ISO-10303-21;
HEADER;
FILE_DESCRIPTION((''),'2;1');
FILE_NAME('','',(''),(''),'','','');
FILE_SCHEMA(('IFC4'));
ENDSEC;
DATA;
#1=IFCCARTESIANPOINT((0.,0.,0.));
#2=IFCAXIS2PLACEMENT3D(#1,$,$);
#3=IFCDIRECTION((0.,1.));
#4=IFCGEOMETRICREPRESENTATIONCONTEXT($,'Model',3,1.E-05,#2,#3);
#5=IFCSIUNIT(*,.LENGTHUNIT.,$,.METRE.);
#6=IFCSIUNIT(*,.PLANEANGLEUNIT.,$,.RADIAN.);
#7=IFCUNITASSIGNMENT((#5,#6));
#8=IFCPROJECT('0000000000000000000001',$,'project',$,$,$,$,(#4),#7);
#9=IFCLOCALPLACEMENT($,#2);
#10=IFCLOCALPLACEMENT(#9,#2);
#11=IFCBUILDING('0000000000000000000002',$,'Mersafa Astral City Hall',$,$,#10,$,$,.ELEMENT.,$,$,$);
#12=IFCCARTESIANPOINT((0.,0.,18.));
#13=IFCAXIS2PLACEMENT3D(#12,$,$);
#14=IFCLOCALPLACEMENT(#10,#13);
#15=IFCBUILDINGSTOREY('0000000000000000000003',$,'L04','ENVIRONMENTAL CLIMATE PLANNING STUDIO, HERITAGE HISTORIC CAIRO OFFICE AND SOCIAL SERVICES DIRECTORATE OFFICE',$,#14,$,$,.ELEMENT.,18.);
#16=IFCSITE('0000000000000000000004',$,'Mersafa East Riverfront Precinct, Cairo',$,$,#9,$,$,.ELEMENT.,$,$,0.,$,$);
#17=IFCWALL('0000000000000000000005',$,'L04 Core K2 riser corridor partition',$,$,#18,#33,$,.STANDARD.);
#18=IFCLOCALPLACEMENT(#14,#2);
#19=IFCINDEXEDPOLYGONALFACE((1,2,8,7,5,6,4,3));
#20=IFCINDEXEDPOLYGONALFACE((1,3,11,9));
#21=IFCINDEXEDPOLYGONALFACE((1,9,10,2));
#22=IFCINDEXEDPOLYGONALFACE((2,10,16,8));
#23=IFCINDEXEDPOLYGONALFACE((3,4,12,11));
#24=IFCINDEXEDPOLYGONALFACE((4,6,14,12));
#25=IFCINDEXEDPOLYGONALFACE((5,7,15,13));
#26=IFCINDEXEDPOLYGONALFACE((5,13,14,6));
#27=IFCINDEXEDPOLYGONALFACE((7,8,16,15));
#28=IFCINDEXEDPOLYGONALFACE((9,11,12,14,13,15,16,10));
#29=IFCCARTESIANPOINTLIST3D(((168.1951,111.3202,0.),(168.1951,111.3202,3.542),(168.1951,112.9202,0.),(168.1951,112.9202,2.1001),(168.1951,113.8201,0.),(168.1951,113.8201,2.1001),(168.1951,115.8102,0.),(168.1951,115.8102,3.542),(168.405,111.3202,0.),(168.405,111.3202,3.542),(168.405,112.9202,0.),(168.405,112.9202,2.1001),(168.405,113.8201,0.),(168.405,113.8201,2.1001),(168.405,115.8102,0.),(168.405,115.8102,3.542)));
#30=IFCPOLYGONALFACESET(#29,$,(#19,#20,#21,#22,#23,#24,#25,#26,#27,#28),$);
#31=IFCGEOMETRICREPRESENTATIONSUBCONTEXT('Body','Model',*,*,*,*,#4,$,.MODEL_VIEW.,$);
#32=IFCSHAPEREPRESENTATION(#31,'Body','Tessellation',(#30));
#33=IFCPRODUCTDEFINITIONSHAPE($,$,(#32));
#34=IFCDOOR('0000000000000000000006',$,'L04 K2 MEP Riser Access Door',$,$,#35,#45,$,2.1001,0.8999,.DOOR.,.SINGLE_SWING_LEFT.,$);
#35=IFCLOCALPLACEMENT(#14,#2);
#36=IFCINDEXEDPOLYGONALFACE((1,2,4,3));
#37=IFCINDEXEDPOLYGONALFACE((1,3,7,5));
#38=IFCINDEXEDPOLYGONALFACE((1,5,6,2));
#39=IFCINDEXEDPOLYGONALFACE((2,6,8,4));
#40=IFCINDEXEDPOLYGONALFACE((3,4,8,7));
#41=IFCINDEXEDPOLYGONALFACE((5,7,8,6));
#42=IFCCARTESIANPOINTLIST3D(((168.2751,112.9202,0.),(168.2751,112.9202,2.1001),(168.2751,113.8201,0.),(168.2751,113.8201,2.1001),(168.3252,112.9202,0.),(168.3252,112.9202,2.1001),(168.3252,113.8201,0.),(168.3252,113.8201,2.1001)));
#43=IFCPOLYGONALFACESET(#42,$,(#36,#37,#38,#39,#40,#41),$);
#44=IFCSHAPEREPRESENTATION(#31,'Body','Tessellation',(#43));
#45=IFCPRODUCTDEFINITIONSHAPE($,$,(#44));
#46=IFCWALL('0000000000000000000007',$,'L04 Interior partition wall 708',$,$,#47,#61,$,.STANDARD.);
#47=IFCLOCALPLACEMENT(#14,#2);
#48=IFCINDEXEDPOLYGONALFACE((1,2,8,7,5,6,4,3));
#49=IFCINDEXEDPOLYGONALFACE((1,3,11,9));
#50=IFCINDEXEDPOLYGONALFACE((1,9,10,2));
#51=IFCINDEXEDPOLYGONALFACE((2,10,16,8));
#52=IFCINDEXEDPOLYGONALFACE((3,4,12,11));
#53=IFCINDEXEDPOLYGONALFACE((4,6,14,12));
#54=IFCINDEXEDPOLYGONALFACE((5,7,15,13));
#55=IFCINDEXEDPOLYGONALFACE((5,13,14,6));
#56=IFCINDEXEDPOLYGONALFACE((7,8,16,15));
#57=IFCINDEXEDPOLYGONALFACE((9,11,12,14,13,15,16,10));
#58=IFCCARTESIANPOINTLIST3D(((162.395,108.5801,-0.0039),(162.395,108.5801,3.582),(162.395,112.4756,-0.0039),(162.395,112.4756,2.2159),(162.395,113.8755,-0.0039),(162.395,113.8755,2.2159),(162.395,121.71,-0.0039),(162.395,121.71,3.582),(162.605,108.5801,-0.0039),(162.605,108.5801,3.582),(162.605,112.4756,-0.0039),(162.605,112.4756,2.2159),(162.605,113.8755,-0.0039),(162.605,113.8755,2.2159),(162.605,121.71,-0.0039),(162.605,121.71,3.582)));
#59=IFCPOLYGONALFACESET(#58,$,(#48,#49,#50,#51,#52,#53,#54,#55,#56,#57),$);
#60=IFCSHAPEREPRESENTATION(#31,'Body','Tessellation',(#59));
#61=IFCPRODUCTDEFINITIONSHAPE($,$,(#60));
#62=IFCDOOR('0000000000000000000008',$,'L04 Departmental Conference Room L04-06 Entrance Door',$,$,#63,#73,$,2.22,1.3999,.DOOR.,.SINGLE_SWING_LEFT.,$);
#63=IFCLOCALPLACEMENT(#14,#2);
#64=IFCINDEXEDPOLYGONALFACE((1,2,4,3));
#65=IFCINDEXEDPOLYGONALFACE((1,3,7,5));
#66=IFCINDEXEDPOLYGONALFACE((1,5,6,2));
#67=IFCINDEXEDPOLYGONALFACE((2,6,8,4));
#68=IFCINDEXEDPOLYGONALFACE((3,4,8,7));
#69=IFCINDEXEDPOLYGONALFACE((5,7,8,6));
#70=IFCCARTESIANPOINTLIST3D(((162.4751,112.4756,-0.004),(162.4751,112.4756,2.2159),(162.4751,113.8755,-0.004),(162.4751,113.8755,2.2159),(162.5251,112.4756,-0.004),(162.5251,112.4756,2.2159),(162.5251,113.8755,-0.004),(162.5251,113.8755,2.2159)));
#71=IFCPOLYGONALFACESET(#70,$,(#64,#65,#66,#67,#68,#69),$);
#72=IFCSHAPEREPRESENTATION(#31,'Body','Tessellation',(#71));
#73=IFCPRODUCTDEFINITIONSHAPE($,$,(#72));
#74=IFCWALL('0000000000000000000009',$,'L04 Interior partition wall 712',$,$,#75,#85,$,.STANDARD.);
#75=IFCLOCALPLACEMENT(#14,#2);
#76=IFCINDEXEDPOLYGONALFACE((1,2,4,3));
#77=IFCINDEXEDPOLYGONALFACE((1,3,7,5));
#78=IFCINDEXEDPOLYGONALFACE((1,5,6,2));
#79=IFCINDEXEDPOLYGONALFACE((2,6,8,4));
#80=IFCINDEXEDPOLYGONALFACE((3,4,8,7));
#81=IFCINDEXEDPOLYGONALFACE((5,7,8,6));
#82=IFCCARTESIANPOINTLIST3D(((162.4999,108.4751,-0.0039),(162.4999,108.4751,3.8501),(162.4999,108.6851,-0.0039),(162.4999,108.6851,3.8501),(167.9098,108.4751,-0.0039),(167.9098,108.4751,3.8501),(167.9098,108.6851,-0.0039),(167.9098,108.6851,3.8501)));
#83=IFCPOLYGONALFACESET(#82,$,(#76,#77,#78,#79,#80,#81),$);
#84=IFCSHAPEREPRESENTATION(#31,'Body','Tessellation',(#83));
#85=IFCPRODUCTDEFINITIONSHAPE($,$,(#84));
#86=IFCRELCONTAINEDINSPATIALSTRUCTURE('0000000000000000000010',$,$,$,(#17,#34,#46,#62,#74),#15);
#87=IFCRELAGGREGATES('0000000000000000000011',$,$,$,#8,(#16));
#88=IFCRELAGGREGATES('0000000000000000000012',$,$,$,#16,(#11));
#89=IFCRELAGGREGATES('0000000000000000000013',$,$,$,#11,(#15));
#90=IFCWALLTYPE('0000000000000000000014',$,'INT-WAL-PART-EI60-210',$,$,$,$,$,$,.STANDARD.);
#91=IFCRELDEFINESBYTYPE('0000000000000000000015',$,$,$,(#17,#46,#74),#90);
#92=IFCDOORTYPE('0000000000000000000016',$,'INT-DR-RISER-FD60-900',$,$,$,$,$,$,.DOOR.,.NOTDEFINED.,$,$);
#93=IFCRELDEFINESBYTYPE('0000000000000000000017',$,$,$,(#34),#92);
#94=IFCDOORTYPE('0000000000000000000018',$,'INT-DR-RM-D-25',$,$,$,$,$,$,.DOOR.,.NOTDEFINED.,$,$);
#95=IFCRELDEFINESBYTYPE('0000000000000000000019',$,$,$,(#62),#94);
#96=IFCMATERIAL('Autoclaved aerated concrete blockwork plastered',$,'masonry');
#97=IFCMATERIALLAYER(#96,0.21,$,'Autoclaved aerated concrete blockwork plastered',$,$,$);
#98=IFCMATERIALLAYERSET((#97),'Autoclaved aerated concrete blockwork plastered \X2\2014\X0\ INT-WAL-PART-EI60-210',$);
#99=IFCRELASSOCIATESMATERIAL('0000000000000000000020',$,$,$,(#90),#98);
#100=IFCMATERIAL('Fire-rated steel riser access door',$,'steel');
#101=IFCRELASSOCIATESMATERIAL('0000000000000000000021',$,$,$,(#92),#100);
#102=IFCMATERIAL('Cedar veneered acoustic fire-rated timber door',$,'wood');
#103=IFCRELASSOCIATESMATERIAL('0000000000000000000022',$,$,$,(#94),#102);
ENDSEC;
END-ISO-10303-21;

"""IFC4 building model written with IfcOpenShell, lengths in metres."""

from ifc_helpers import new_model, si_unit, direction, frame, frame_2d, origin, place, context, subcontext, project, spatial, rectangle, extrude, material, layer, layer_set, type_object, element, fill, save


model = new_model("IFC4")

# Units and contexts
model_context = context("Model", 3, precision=1e-05, world=origin(), true_north=direction((0.0, 1.0)))
body_context = subcontext(model_context, "Body", "Model", "MODEL_VIEW")
ifc_project = project(units=[si_unit("LENGTHUNIT", "METRE"), si_unit("PLANEANGLEUNIT", "RADIAN")], contexts=[model_context])

# Site, building, storey
site_placement = place(None, origin())
site = spatial("IfcSite", under=ifc_project, at=site_placement, Name="Mersafa East Riverfront Precinct, Cairo", CompositionType="ELEMENT", RefElevation=0.0)
building_placement = place(site_placement, origin())
building = spatial("IfcBuilding", under=site, at=building_placement, Name="Mersafa Astral City Hall", CompositionType="ELEMENT")
storey_placement = place(building_placement, frame((0.0, 0.0, 18.0)))
storey = spatial("IfcBuildingStorey", under=building, at=storey_placement, Name="L04", Description="ENVIRONMENTAL CLIMATE PLANNING STUDIO, HERITAGE HISTORIC CAIRO OFFICE AND SOCIAL SERVICES DIRECTORATE OFFICE", CompositionType="ELEMENT", Elevation=18.0)

# Walls, openings, doors
ifc_material_1 = material(Name="Autoclaved aerated concrete blockwork plastered", Category="masonry")
ifc_layer_1 = layer(ifc_material_1, 0.21, Name="Autoclaved aerated concrete blockwork plastered")
ifc_layer_set_1 = layer_set([ifc_layer_1], Name="Autoclaved aerated concrete blockwork plastered — INT-WAL-PART-EI60-210")
wall_type_1 = type_object("IfcWallType", Name="INT-WAL-PART-EI60-210", PredefinedType="STANDARD", material=ifc_layer_set_1)
wall_1_placement = place(storey_placement, frame((168.3, 111.3201, 0.0), z_axis=(0.0, 0.0, 1.0), x_axis=(0.0, 1.0, 0.0)))
wall_1 = element("IfcWall", 1, at=wall_1_placement, inside=storey, type_object=wall_type_1, Name="L04 Core K2 riser corridor partition", PredefinedType="STANDARD", context=body_context, shape_type="SweptSolid", body=[
    extrude(rectangle(XDim=4.49, YDim=0.21, at=frame_2d((2.2451, 0.0))), origin(), (0.0, 0.0, 1.0), 3.542),
])
opening_1_placement = place(wall_1_placement, frame((1.6001, 0.0, 0.0)))
opening_1 = element("IfcOpeningElement", 2, at=opening_1_placement, cuts=wall_1, PredefinedType="OPENING", context=body_context, shape_type="SweptSolid", body=[
    extrude(rectangle(XDim=0.8999, YDim=2.1001, at=frame_2d((0.45, 1.05))), frame((0.0, 0.115, 0.0), z_axis=(0.0, -1.0, 0.0), x_axis=(1.0, 0.0, 0.0)), (0.0, 0.0, 1.0), 0.23),
])
ifc_material_2 = material(Name="Fire-rated steel riser access door", Category="steel")
door_type_1 = type_object("IfcDoorType", Name="INT-DR-RISER-FD60-900", OperationType="NOTDEFINED", PredefinedType="DOOR", material=ifc_material_2)
door_1_placement = place(opening_1_placement, origin())
door_1 = element("IfcDoor", 3, at=door_1_placement, inside=storey, type_object=door_type_1, Name="L04 K2 MEP Riser Access Door", OperationType="SINGLE_SWING_LEFT", OverallHeight=2.1001, OverallWidth=0.8999, PredefinedType="DOOR", context=body_context, shape_type="SweptSolid", body=[
    extrude(rectangle(XDim=0.8999, YDim=2.1001, at=frame_2d((0.45, 1.05))), frame((0.0, 0.0249, 0.0), z_axis=(0.0, -1.0, 0.0), x_axis=(1.0, 0.0, 0.0)), (0.0, 0.0, 1.0), 0.05),
])
fill(opening_1, door_1)
wall_2_placement = place(storey_placement, frame((162.5, 108.5801, -0.0039), z_axis=(0.0, 0.0, 1.0), x_axis=(0.0, 1.0, 0.0)))
wall_2 = element("IfcWall", 4, at=wall_2_placement, inside=storey, type_object=wall_type_1, Name="L04 Interior partition wall 708", PredefinedType="STANDARD", context=body_context, shape_type="SweptSolid", body=[
    extrude(rectangle(XDim=13.1299, YDim=0.21, at=frame_2d((6.5649, 0.0))), origin(), (0.0, 0.0, 1.0), 3.5859),
])
opening_2_placement = place(wall_2_placement, frame((3.8955, 0.0, 0.0)))
opening_2 = element("IfcOpeningElement", 5, at=opening_2_placement, cuts=wall_2, PredefinedType="OPENING", context=body_context, shape_type="SweptSolid", body=[
    extrude(rectangle(XDim=1.3999, YDim=2.22, at=frame_2d((0.7, 1.1099))), frame((0.0, 0.115, 0.0), z_axis=(0.0, -1.0, 0.0), x_axis=(1.0, 0.0, 0.0)), (0.0, 0.0, 1.0), 0.23),
])
ifc_material_3 = material(Name="Cedar veneered acoustic fire-rated timber door", Category="wood")
door_type_2 = type_object("IfcDoorType", Name="INT-DR-RM-D-25", OperationType="NOTDEFINED", PredefinedType="DOOR", material=ifc_material_3)
door_2_placement = place(opening_2_placement, origin())
door_2 = element("IfcDoor", 6, at=door_2_placement, inside=storey, type_object=door_type_2, Name="L04 Departmental Conference Room L04-06 Entrance Door", OperationType="SINGLE_SWING_LEFT", OverallHeight=2.22, OverallWidth=1.3999, PredefinedType="DOOR", context=body_context, shape_type="SweptSolid", body=[
    extrude(rectangle(XDim=1.3999, YDim=2.22, at=frame_2d((0.7, 1.1099))), frame((0.0, 0.0249, 0.0), z_axis=(0.0, -1.0, 0.0), x_axis=(1.0, 0.0, 0.0)), (0.0, 0.0, 1.0), 0.05),
])
fill(opening_2, door_2)

# Wall
wall_3_placement = place(storey_placement, frame((167.9099, 108.5801, -0.0039), z_axis=(0.0, 0.0, 1.0), x_axis=(-1.0, 0.0, 0.0)))
element("IfcWall", 7, at=wall_3_placement, inside=storey, type_object=wall_type_1, Name="L04 Interior partition wall 712", PredefinedType="STANDARD", context=body_context, shape_type="SweptSolid", body=[
    extrude(rectangle(XDim=5.4099, YDim=0.21, at=frame_2d((2.7051, 0.0))), origin(), (0.0, 0.0, 1.0), 3.854),
])

save(model, "model.ifc")
